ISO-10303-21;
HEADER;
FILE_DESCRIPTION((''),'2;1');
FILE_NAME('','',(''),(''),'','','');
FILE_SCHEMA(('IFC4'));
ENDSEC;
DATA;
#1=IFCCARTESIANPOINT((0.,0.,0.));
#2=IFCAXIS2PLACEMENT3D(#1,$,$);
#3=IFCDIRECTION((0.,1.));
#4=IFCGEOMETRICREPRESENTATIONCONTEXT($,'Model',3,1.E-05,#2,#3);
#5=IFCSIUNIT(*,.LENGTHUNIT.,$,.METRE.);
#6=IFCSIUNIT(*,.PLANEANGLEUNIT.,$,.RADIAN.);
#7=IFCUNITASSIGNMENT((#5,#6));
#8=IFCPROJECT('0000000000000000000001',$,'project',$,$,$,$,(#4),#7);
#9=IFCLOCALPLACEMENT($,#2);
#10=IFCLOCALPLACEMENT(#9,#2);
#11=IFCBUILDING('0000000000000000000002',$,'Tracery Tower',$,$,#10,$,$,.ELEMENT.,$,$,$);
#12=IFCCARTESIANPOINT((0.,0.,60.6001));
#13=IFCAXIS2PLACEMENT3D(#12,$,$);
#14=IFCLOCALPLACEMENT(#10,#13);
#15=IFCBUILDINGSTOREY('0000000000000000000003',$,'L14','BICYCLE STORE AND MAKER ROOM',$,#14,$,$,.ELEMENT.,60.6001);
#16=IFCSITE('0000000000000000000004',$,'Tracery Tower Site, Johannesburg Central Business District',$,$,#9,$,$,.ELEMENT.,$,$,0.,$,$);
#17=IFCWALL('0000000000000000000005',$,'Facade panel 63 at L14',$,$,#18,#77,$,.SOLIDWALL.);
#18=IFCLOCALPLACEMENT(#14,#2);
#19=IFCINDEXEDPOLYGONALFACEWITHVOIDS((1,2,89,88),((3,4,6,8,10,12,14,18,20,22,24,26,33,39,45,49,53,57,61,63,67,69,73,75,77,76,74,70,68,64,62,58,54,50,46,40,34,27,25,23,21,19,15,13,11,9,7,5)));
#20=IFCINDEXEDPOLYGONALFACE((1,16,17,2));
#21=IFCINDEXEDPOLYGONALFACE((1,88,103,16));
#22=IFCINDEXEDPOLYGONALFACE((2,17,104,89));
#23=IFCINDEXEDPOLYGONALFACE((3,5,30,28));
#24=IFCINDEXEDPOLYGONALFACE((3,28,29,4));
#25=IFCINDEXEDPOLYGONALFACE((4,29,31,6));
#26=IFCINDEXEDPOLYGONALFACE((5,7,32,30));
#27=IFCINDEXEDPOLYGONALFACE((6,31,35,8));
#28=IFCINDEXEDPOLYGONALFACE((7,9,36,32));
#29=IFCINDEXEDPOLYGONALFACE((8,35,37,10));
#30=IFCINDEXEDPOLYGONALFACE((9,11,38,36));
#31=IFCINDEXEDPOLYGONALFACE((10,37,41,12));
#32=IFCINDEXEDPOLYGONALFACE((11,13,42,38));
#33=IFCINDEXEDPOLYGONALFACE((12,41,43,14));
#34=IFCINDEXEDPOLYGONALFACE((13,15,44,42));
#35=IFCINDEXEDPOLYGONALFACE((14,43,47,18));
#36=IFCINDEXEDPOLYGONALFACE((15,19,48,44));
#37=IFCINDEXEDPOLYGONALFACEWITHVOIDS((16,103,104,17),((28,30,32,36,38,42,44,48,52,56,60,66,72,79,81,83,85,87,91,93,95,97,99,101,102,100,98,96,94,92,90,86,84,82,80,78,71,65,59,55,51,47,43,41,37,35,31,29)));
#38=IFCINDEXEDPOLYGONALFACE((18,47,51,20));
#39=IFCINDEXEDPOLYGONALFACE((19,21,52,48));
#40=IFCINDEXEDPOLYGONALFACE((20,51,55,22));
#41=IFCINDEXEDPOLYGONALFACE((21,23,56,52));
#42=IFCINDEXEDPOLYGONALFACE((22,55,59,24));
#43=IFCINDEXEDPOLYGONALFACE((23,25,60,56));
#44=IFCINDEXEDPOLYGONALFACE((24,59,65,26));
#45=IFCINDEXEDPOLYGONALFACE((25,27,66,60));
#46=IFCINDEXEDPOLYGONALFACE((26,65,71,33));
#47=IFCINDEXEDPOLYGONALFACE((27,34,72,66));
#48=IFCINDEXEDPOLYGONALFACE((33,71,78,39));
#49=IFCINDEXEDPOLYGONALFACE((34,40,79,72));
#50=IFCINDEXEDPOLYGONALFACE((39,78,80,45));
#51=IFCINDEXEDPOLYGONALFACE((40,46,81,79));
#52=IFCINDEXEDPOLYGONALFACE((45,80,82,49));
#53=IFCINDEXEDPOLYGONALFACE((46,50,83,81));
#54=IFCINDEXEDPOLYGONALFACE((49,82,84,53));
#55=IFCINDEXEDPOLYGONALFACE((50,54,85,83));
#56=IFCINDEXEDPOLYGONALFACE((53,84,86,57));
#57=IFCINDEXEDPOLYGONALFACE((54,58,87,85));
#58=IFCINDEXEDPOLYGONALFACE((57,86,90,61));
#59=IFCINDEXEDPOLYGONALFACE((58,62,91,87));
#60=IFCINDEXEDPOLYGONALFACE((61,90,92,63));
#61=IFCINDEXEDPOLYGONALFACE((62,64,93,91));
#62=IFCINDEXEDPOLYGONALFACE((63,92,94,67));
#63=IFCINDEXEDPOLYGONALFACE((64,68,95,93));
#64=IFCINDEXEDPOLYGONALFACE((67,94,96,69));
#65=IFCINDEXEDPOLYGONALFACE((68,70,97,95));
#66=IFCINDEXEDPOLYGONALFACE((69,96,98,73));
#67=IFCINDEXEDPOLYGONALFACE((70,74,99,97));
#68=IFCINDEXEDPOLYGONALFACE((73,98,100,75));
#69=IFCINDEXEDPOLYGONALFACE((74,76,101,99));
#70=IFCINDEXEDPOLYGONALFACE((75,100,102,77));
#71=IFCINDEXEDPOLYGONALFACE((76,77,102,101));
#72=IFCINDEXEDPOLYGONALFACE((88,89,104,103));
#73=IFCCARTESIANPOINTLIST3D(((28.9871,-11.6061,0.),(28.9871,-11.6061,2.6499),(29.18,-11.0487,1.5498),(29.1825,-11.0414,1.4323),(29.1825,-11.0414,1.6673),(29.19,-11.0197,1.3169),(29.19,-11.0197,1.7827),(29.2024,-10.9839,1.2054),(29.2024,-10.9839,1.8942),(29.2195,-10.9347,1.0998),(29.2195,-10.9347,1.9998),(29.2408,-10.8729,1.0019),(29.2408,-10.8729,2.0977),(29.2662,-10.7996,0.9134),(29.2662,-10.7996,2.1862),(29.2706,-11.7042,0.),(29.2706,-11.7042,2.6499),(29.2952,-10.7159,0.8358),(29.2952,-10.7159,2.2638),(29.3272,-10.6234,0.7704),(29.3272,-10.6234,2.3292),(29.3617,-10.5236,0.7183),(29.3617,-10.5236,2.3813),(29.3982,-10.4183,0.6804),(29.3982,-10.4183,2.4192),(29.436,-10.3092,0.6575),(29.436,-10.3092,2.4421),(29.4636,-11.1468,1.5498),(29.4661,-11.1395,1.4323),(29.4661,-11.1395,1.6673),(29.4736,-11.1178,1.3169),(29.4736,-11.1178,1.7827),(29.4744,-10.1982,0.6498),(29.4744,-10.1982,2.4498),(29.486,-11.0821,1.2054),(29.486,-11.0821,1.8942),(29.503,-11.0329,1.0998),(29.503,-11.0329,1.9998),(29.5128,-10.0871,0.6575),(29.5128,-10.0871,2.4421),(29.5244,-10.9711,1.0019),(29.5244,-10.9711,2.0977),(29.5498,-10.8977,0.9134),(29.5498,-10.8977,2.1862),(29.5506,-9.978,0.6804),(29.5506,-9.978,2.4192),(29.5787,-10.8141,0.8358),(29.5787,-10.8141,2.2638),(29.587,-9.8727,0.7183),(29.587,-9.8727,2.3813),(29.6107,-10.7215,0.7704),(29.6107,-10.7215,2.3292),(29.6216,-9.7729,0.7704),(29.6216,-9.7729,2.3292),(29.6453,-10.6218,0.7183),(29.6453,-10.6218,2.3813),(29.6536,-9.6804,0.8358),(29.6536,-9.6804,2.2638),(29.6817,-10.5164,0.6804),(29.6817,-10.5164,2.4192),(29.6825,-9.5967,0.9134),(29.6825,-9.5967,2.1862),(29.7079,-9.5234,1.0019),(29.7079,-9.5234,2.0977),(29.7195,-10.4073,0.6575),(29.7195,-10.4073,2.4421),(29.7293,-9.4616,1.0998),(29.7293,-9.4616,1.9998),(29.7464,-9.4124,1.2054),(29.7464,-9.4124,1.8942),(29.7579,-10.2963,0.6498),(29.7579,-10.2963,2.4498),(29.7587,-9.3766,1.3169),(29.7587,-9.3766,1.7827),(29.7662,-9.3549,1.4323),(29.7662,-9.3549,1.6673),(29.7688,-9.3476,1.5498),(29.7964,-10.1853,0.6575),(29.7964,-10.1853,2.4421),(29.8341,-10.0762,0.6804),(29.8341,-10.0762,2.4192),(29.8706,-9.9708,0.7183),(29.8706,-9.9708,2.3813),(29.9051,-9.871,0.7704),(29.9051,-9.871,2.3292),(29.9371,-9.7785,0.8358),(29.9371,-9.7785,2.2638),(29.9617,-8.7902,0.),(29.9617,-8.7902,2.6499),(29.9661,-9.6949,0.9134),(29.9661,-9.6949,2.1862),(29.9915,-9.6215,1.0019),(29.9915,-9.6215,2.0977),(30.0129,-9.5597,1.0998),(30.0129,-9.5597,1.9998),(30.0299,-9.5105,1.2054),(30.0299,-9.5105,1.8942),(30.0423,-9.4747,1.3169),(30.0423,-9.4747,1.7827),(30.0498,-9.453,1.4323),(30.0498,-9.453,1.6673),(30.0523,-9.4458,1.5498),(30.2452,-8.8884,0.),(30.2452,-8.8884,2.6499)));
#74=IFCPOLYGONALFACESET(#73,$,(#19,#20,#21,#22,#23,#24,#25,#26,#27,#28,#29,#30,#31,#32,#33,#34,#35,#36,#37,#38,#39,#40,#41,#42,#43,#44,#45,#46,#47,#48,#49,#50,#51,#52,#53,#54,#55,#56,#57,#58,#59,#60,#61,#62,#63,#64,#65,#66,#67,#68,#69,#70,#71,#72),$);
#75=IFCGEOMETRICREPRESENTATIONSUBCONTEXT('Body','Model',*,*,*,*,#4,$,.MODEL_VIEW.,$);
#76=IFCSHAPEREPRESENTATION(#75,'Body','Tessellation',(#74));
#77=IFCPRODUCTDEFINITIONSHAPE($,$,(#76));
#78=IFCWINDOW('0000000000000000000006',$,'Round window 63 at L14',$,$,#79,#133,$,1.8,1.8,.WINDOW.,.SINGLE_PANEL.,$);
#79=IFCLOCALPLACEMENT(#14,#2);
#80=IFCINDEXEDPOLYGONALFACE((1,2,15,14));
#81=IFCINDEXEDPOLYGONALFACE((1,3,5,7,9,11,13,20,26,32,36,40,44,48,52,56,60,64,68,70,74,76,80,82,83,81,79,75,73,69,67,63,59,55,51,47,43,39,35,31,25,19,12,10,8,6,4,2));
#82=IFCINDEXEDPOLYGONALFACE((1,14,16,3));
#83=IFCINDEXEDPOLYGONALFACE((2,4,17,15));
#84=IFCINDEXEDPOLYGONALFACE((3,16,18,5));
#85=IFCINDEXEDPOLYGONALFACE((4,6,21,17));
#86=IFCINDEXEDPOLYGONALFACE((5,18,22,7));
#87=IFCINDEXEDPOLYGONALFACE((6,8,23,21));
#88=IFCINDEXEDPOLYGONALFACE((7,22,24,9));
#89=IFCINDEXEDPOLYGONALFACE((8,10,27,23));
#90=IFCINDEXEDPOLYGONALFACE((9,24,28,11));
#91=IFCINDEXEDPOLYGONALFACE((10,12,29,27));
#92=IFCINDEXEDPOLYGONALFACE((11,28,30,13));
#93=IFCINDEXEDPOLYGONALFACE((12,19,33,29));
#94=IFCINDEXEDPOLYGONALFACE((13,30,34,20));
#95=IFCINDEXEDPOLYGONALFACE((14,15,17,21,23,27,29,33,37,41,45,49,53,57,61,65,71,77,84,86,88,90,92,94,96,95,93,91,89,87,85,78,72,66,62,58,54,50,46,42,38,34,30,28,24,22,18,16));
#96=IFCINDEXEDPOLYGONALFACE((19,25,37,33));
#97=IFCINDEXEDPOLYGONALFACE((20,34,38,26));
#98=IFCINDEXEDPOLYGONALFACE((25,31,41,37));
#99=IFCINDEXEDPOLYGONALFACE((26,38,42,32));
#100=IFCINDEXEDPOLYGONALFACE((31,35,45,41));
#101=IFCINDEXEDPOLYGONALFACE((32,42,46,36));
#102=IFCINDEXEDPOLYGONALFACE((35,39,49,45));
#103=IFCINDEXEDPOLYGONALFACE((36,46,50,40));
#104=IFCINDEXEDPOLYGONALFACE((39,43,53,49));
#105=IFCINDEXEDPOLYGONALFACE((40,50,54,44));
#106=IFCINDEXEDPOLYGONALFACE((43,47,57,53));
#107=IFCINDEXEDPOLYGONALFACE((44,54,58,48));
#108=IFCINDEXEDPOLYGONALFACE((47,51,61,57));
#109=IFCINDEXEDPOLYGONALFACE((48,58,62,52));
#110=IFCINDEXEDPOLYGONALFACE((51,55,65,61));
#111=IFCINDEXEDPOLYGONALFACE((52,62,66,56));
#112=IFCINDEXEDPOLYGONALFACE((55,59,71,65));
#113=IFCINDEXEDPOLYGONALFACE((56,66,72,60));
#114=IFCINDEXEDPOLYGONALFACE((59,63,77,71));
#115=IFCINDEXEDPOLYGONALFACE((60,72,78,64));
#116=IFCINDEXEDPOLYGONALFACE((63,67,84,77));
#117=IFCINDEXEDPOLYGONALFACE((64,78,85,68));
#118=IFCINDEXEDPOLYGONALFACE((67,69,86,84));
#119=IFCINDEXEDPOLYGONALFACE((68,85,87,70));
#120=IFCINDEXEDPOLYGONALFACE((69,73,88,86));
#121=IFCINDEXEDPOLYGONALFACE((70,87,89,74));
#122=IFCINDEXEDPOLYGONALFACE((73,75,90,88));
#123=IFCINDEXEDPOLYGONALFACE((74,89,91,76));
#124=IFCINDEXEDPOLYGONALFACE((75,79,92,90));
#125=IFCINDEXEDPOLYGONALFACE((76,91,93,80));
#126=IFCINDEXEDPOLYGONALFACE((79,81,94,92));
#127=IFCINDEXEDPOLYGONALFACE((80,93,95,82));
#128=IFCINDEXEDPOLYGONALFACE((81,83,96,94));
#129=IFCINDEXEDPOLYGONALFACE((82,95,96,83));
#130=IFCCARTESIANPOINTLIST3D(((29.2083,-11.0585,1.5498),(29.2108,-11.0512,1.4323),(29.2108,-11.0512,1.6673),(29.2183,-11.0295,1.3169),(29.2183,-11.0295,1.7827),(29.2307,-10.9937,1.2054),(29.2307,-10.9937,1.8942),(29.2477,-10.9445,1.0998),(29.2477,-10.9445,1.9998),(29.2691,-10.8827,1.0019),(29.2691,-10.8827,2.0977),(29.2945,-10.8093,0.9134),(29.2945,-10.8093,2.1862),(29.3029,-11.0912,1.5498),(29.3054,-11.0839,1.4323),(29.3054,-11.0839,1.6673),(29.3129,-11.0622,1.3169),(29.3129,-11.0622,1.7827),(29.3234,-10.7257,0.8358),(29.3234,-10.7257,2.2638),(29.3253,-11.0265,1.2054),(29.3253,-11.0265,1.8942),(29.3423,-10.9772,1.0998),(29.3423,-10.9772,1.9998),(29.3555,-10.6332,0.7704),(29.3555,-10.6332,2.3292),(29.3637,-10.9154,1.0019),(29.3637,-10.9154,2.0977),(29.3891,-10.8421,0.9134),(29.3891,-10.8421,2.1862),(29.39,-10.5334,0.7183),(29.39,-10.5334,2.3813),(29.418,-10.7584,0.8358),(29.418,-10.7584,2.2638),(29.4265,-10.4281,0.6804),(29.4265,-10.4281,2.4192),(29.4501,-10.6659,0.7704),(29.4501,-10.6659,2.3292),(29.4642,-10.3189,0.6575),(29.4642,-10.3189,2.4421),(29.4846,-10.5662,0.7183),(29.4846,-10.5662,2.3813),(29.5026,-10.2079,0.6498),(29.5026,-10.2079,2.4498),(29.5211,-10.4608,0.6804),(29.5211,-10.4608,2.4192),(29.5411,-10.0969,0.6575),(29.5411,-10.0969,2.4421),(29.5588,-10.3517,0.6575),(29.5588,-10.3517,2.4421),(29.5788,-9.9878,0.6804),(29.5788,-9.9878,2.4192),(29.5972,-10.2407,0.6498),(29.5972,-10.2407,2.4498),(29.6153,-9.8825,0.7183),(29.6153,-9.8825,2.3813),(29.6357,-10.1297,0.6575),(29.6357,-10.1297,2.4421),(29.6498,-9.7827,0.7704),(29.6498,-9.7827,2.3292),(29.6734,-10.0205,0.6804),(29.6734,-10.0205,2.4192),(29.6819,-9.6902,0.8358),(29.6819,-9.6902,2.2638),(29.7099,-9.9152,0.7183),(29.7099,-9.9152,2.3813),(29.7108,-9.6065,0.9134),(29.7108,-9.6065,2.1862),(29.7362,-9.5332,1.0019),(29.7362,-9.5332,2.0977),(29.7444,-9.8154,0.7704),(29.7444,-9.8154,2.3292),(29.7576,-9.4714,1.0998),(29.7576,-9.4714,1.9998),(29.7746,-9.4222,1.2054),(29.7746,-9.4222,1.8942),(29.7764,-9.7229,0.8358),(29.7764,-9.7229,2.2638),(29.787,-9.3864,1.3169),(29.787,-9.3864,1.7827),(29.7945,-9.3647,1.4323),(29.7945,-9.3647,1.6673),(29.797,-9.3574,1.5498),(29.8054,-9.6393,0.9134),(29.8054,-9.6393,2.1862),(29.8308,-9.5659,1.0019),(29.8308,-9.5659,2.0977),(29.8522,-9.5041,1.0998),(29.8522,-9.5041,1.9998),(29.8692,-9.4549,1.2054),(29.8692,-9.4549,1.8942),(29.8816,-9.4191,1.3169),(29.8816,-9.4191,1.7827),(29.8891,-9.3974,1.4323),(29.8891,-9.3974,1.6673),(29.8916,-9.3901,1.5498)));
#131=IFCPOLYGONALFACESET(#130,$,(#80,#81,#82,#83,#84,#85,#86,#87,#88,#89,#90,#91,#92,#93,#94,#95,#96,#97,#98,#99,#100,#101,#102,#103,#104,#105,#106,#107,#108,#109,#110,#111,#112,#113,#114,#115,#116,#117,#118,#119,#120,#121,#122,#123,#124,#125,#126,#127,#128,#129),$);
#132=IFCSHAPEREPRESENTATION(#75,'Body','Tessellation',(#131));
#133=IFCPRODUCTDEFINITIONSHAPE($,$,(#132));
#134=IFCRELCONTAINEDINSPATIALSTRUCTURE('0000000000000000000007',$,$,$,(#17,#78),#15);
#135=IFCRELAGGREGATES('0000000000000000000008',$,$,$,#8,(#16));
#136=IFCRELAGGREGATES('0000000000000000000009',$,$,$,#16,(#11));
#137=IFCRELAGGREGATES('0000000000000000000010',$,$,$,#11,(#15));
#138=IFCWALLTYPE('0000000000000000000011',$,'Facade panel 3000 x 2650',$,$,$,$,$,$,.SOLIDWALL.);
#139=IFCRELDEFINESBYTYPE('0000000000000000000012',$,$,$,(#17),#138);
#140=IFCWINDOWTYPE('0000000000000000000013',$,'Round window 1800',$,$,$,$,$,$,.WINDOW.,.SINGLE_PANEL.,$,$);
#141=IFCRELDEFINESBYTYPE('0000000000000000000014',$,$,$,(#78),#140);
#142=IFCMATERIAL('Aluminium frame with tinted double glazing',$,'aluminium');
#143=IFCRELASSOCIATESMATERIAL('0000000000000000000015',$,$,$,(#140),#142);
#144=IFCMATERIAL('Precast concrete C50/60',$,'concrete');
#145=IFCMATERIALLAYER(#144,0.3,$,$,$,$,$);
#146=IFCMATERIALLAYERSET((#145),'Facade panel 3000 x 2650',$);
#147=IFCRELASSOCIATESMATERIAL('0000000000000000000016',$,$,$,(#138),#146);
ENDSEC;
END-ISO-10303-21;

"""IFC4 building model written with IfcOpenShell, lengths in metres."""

from ifc_helpers import new_model, si_unit, direction, frame, frame_2d, origin, origin_2d, place, context, subcontext, project, spatial, rectangle, circle, extrude, material, layer, layer_set, type_object, element, fill, save


model = new_model("IFC4")

# Units and contexts
model_context = context("Model", 3, precision=1e-05, world=origin(), true_north=direction((0.0, 1.0)))
body_context = subcontext(model_context, "Body", "Model", "MODEL_VIEW")
ifc_project = project(units=[si_unit("LENGTHUNIT", "METRE"), si_unit("PLANEANGLEUNIT", "RADIAN")], contexts=[model_context])

# Site, building, storey
site_placement = place(None, origin())
site = spatial("IfcSite", under=ifc_project, at=site_placement, Name="Tracery Tower Site, Johannesburg Central Business District", CompositionType="ELEMENT", RefElevation=0.0)
building_placement = place(site_placement, origin())
building = spatial("IfcBuilding", under=site, at=building_placement, Name="Tracery Tower", CompositionType="ELEMENT")
storey_placement = place(building_placement, frame((0.0, 0.0, 60.6001)))
storey = spatial("IfcBuildingStorey", under=building, at=storey_placement, Name="L14", Description="BICYCLE STORE AND MAKER ROOM", CompositionType="ELEMENT", Elevation=60.6001)

# Wall, opening, window
ifc_material_1 = material(Name="Aluminium frame with tinted double glazing", Category="aluminium")
window_type = type_object("IfcWindowType", Name="Round window 1800", PartitioningType="SINGLE_PANEL", PredefinedType="WINDOW", material=ifc_material_1)
ifc_material_2 = material(Name="Precast concrete C50/60", Category="concrete")
ifc_layer_1 = layer(ifc_material_2, 0.3)
ifc_layer_set_1 = layer_set([ifc_layer_1], Name="Facade panel 3000 x 2650")
wall_type_1 = type_object("IfcWallType", Name="Facade panel 3000 x 2650", PredefinedType="SOLIDWALL", material=ifc_layer_set_1)
wall_1_placement = place(storey_placement, frame((29.1289, -11.655, 0.0), z_axis=(0.0, 0.0, 1.0), x_axis=(0.327071, 0.945, 0.0)))
wall_1 = element("IfcWall", 1, at=wall_1_placement, inside=storey, type_object=wall_type_1, Name="Facade panel 63 at L14", PredefinedType="SOLIDWALL", context=body_context, shape_type="SweptSolid", body=[
    extrude(rectangle(XDim=2.9797, YDim=0.3, at=frame_2d((1.4897, 0.0))), origin(), (0.0, 0.0, 1.0), 2.6499),
])
opening_1_placement = place(wall_1_placement, frame((1.4897, 0.0, 1.5498)))
opening_1 = element("IfcOpeningElement", 2, at=opening_1_placement, cuts=wall_1, PredefinedType="OPENING", context=body_context, shape_type="SweptSolid", body=[
    extrude(circle(Radius=0.9, at=origin_2d()), frame((0.0, 0.1599, 0.0), z_axis=(0.0, -1.0, 0.0), x_axis=(1.0, 0.0, 0.0)), (0.0, 0.0, 1.0), 0.3201),
])
window_1_placement = place(opening_1_placement, origin())
window_1 = element("IfcWindow", 3, at=window_1_placement, inside=storey, type_object=window_type, Name="Round window 63 at L14", OverallHeight=1.8, OverallWidth=1.8, PartitioningType="SINGLE_PANEL", PredefinedType="WINDOW", context=body_context, shape_type="SweptSolid", body=[
    extrude(circle(Radius=0.9, at=origin_2d()), frame((0.0, 0.1201, 0.0), z_axis=(0.0, -1.0, 0.0), x_axis=(1.0, 0.0, 0.0)), (0.0, 0.0, 1.0), 0.1001),
])
fill(opening_1, window_1)

save(model, "model.ifc")
